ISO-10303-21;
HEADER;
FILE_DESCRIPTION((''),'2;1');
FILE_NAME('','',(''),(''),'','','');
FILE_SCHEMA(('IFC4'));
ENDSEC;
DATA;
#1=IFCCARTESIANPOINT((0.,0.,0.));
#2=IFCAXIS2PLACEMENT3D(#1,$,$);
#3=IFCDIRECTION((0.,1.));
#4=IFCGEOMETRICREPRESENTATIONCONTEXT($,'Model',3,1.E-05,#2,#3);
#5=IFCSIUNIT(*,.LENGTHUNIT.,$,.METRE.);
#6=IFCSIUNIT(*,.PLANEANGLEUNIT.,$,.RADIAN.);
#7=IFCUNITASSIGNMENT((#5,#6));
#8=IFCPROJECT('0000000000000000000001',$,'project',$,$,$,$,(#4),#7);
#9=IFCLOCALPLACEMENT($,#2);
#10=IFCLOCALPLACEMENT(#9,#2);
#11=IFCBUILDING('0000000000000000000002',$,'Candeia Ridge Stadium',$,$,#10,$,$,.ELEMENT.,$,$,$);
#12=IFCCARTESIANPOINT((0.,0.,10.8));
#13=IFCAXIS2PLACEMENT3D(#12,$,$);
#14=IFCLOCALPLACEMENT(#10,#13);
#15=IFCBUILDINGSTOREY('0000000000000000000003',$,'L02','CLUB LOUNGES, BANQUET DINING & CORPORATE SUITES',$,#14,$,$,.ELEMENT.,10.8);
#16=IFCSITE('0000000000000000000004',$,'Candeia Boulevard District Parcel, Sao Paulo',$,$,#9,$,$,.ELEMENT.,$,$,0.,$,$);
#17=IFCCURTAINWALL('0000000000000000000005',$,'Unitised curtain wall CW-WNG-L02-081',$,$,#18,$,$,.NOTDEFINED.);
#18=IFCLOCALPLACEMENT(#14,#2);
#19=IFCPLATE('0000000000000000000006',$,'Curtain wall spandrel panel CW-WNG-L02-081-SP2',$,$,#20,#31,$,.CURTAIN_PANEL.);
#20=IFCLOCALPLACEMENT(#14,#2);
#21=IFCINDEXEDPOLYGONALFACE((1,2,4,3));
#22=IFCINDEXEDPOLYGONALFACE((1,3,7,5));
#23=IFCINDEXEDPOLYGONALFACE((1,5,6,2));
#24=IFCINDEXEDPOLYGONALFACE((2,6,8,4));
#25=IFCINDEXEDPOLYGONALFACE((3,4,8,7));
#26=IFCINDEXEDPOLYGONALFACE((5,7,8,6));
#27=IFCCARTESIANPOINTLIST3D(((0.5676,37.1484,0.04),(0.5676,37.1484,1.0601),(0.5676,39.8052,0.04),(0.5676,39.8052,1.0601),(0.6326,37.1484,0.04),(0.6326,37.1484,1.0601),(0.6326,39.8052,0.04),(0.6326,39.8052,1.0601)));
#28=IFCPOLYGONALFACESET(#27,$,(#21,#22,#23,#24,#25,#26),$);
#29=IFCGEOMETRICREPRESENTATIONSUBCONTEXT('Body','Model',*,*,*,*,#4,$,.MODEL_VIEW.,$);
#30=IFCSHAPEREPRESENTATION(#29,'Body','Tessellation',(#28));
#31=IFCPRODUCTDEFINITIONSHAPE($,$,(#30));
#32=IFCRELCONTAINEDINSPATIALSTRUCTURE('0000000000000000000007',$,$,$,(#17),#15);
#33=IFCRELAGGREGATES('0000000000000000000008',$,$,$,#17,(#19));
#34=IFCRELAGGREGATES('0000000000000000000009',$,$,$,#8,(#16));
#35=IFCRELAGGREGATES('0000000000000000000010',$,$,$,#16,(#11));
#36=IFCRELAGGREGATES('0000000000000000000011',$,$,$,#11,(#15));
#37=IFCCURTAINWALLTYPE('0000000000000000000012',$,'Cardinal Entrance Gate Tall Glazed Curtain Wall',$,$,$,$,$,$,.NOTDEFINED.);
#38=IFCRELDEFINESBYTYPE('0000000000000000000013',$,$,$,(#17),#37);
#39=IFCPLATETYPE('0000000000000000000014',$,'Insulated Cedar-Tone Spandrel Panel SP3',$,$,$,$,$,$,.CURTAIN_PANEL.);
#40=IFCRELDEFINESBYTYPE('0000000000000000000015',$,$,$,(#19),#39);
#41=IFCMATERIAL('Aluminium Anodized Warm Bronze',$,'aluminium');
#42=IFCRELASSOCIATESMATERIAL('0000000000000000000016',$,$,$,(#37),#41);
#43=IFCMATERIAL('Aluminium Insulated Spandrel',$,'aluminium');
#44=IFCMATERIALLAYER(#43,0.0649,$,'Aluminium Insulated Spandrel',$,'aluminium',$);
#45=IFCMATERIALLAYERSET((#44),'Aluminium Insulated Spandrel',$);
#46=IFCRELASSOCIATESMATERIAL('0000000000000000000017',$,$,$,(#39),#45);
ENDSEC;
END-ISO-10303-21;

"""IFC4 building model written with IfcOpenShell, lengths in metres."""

from ifc_helpers import new_model, si_unit, direction, frame, origin, origin_2d, place, context, subcontext, project, spatial, rectangle, extrude, material, layer, layer_set, type_object, element, aggregate, save


model = new_model("IFC4")

# Units and contexts
model_context = context("Model", 3, precision=1e-05, world=origin(), true_north=direction((0.0, 1.0)))
body_context = subcontext(model_context, "Body", "Model", "MODEL_VIEW")
ifc_project = project(units=[si_unit("LENGTHUNIT", "METRE"), si_unit("PLANEANGLEUNIT", "RADIAN")], contexts=[model_context])

# Site, building, storey
site_placement = place(None, origin())
site = spatial("IfcSite", under=ifc_project, at=site_placement, Name="Candeia Boulevard District Parcel, Sao Paulo", CompositionType="ELEMENT", RefElevation=0.0)
building_placement = place(site_placement, origin())
building = spatial("IfcBuilding", under=site, at=building_placement, Name="Candeia Ridge Stadium", CompositionType="ELEMENT")
storey_placement = place(building_placement, frame((0.0, 0.0, 10.8)))
storey = spatial("IfcBuildingStorey", under=building, at=storey_placement, Name="L02", Description="CLUB LOUNGES, BANQUET DINING & CORPORATE SUITES", CompositionType="ELEMENT", Elevation=10.8)

# Curtain wall
ifc_material_1 = material(Name="Aluminium Anodized Warm Bronze", Category="aluminium")
curtain_wall_type = type_object("IfcCurtainWallType", Name="Cardinal Entrance Gate Tall Glazed Curtain Wall", PredefinedType="NOTDEFINED", material=ifc_material_1)
curtain_wall_placement = place(storey_placement, origin())
curtain_wall = element("IfcCurtainWall", 1, at=curtain_wall_placement, inside=storey, type_object=curtain_wall_type, Name="Unitised curtain wall CW-WNG-L02-081", PredefinedType="NOTDEFINED")

# Plate
ifc_material_2 = material(Name="Aluminium Insulated Spandrel", Category="aluminium")
ifc_layer_1 = layer(ifc_material_2, 0.0649, Name="Aluminium Insulated Spandrel", Category="aluminium")
ifc_layer_set_1 = layer_set([ifc_layer_1], Name="Aluminium Insulated Spandrel")
plate_type_1 = type_object("IfcPlateType", Name="Insulated Cedar-Tone Spandrel Panel SP3", PredefinedType="CURTAIN_PANEL", material=ifc_layer_set_1)
plate_1_placement = place(storey_placement, frame((0.6001, 38.4768, 0.04), z_axis=(0.0, 0.0, 1.0), x_axis=(0.0, 1.0, 0.0)))
plate_1 = element("IfcPlate", 2, at=plate_1_placement, type_object=plate_type_1, Name="Curtain wall spandrel panel CW-WNG-L02-081-SP2", PredefinedType="CURTAIN_PANEL", context=body_context, shape_type="SweptSolid", body=[
    extrude(rectangle(XDim=2.6567, YDim=0.0649, at=origin_2d()), origin(), (0.0, 0.0, 1.0), 1.02),
])
aggregate(curtain_wall, [plate_1])

save(model, "model.ifc")
